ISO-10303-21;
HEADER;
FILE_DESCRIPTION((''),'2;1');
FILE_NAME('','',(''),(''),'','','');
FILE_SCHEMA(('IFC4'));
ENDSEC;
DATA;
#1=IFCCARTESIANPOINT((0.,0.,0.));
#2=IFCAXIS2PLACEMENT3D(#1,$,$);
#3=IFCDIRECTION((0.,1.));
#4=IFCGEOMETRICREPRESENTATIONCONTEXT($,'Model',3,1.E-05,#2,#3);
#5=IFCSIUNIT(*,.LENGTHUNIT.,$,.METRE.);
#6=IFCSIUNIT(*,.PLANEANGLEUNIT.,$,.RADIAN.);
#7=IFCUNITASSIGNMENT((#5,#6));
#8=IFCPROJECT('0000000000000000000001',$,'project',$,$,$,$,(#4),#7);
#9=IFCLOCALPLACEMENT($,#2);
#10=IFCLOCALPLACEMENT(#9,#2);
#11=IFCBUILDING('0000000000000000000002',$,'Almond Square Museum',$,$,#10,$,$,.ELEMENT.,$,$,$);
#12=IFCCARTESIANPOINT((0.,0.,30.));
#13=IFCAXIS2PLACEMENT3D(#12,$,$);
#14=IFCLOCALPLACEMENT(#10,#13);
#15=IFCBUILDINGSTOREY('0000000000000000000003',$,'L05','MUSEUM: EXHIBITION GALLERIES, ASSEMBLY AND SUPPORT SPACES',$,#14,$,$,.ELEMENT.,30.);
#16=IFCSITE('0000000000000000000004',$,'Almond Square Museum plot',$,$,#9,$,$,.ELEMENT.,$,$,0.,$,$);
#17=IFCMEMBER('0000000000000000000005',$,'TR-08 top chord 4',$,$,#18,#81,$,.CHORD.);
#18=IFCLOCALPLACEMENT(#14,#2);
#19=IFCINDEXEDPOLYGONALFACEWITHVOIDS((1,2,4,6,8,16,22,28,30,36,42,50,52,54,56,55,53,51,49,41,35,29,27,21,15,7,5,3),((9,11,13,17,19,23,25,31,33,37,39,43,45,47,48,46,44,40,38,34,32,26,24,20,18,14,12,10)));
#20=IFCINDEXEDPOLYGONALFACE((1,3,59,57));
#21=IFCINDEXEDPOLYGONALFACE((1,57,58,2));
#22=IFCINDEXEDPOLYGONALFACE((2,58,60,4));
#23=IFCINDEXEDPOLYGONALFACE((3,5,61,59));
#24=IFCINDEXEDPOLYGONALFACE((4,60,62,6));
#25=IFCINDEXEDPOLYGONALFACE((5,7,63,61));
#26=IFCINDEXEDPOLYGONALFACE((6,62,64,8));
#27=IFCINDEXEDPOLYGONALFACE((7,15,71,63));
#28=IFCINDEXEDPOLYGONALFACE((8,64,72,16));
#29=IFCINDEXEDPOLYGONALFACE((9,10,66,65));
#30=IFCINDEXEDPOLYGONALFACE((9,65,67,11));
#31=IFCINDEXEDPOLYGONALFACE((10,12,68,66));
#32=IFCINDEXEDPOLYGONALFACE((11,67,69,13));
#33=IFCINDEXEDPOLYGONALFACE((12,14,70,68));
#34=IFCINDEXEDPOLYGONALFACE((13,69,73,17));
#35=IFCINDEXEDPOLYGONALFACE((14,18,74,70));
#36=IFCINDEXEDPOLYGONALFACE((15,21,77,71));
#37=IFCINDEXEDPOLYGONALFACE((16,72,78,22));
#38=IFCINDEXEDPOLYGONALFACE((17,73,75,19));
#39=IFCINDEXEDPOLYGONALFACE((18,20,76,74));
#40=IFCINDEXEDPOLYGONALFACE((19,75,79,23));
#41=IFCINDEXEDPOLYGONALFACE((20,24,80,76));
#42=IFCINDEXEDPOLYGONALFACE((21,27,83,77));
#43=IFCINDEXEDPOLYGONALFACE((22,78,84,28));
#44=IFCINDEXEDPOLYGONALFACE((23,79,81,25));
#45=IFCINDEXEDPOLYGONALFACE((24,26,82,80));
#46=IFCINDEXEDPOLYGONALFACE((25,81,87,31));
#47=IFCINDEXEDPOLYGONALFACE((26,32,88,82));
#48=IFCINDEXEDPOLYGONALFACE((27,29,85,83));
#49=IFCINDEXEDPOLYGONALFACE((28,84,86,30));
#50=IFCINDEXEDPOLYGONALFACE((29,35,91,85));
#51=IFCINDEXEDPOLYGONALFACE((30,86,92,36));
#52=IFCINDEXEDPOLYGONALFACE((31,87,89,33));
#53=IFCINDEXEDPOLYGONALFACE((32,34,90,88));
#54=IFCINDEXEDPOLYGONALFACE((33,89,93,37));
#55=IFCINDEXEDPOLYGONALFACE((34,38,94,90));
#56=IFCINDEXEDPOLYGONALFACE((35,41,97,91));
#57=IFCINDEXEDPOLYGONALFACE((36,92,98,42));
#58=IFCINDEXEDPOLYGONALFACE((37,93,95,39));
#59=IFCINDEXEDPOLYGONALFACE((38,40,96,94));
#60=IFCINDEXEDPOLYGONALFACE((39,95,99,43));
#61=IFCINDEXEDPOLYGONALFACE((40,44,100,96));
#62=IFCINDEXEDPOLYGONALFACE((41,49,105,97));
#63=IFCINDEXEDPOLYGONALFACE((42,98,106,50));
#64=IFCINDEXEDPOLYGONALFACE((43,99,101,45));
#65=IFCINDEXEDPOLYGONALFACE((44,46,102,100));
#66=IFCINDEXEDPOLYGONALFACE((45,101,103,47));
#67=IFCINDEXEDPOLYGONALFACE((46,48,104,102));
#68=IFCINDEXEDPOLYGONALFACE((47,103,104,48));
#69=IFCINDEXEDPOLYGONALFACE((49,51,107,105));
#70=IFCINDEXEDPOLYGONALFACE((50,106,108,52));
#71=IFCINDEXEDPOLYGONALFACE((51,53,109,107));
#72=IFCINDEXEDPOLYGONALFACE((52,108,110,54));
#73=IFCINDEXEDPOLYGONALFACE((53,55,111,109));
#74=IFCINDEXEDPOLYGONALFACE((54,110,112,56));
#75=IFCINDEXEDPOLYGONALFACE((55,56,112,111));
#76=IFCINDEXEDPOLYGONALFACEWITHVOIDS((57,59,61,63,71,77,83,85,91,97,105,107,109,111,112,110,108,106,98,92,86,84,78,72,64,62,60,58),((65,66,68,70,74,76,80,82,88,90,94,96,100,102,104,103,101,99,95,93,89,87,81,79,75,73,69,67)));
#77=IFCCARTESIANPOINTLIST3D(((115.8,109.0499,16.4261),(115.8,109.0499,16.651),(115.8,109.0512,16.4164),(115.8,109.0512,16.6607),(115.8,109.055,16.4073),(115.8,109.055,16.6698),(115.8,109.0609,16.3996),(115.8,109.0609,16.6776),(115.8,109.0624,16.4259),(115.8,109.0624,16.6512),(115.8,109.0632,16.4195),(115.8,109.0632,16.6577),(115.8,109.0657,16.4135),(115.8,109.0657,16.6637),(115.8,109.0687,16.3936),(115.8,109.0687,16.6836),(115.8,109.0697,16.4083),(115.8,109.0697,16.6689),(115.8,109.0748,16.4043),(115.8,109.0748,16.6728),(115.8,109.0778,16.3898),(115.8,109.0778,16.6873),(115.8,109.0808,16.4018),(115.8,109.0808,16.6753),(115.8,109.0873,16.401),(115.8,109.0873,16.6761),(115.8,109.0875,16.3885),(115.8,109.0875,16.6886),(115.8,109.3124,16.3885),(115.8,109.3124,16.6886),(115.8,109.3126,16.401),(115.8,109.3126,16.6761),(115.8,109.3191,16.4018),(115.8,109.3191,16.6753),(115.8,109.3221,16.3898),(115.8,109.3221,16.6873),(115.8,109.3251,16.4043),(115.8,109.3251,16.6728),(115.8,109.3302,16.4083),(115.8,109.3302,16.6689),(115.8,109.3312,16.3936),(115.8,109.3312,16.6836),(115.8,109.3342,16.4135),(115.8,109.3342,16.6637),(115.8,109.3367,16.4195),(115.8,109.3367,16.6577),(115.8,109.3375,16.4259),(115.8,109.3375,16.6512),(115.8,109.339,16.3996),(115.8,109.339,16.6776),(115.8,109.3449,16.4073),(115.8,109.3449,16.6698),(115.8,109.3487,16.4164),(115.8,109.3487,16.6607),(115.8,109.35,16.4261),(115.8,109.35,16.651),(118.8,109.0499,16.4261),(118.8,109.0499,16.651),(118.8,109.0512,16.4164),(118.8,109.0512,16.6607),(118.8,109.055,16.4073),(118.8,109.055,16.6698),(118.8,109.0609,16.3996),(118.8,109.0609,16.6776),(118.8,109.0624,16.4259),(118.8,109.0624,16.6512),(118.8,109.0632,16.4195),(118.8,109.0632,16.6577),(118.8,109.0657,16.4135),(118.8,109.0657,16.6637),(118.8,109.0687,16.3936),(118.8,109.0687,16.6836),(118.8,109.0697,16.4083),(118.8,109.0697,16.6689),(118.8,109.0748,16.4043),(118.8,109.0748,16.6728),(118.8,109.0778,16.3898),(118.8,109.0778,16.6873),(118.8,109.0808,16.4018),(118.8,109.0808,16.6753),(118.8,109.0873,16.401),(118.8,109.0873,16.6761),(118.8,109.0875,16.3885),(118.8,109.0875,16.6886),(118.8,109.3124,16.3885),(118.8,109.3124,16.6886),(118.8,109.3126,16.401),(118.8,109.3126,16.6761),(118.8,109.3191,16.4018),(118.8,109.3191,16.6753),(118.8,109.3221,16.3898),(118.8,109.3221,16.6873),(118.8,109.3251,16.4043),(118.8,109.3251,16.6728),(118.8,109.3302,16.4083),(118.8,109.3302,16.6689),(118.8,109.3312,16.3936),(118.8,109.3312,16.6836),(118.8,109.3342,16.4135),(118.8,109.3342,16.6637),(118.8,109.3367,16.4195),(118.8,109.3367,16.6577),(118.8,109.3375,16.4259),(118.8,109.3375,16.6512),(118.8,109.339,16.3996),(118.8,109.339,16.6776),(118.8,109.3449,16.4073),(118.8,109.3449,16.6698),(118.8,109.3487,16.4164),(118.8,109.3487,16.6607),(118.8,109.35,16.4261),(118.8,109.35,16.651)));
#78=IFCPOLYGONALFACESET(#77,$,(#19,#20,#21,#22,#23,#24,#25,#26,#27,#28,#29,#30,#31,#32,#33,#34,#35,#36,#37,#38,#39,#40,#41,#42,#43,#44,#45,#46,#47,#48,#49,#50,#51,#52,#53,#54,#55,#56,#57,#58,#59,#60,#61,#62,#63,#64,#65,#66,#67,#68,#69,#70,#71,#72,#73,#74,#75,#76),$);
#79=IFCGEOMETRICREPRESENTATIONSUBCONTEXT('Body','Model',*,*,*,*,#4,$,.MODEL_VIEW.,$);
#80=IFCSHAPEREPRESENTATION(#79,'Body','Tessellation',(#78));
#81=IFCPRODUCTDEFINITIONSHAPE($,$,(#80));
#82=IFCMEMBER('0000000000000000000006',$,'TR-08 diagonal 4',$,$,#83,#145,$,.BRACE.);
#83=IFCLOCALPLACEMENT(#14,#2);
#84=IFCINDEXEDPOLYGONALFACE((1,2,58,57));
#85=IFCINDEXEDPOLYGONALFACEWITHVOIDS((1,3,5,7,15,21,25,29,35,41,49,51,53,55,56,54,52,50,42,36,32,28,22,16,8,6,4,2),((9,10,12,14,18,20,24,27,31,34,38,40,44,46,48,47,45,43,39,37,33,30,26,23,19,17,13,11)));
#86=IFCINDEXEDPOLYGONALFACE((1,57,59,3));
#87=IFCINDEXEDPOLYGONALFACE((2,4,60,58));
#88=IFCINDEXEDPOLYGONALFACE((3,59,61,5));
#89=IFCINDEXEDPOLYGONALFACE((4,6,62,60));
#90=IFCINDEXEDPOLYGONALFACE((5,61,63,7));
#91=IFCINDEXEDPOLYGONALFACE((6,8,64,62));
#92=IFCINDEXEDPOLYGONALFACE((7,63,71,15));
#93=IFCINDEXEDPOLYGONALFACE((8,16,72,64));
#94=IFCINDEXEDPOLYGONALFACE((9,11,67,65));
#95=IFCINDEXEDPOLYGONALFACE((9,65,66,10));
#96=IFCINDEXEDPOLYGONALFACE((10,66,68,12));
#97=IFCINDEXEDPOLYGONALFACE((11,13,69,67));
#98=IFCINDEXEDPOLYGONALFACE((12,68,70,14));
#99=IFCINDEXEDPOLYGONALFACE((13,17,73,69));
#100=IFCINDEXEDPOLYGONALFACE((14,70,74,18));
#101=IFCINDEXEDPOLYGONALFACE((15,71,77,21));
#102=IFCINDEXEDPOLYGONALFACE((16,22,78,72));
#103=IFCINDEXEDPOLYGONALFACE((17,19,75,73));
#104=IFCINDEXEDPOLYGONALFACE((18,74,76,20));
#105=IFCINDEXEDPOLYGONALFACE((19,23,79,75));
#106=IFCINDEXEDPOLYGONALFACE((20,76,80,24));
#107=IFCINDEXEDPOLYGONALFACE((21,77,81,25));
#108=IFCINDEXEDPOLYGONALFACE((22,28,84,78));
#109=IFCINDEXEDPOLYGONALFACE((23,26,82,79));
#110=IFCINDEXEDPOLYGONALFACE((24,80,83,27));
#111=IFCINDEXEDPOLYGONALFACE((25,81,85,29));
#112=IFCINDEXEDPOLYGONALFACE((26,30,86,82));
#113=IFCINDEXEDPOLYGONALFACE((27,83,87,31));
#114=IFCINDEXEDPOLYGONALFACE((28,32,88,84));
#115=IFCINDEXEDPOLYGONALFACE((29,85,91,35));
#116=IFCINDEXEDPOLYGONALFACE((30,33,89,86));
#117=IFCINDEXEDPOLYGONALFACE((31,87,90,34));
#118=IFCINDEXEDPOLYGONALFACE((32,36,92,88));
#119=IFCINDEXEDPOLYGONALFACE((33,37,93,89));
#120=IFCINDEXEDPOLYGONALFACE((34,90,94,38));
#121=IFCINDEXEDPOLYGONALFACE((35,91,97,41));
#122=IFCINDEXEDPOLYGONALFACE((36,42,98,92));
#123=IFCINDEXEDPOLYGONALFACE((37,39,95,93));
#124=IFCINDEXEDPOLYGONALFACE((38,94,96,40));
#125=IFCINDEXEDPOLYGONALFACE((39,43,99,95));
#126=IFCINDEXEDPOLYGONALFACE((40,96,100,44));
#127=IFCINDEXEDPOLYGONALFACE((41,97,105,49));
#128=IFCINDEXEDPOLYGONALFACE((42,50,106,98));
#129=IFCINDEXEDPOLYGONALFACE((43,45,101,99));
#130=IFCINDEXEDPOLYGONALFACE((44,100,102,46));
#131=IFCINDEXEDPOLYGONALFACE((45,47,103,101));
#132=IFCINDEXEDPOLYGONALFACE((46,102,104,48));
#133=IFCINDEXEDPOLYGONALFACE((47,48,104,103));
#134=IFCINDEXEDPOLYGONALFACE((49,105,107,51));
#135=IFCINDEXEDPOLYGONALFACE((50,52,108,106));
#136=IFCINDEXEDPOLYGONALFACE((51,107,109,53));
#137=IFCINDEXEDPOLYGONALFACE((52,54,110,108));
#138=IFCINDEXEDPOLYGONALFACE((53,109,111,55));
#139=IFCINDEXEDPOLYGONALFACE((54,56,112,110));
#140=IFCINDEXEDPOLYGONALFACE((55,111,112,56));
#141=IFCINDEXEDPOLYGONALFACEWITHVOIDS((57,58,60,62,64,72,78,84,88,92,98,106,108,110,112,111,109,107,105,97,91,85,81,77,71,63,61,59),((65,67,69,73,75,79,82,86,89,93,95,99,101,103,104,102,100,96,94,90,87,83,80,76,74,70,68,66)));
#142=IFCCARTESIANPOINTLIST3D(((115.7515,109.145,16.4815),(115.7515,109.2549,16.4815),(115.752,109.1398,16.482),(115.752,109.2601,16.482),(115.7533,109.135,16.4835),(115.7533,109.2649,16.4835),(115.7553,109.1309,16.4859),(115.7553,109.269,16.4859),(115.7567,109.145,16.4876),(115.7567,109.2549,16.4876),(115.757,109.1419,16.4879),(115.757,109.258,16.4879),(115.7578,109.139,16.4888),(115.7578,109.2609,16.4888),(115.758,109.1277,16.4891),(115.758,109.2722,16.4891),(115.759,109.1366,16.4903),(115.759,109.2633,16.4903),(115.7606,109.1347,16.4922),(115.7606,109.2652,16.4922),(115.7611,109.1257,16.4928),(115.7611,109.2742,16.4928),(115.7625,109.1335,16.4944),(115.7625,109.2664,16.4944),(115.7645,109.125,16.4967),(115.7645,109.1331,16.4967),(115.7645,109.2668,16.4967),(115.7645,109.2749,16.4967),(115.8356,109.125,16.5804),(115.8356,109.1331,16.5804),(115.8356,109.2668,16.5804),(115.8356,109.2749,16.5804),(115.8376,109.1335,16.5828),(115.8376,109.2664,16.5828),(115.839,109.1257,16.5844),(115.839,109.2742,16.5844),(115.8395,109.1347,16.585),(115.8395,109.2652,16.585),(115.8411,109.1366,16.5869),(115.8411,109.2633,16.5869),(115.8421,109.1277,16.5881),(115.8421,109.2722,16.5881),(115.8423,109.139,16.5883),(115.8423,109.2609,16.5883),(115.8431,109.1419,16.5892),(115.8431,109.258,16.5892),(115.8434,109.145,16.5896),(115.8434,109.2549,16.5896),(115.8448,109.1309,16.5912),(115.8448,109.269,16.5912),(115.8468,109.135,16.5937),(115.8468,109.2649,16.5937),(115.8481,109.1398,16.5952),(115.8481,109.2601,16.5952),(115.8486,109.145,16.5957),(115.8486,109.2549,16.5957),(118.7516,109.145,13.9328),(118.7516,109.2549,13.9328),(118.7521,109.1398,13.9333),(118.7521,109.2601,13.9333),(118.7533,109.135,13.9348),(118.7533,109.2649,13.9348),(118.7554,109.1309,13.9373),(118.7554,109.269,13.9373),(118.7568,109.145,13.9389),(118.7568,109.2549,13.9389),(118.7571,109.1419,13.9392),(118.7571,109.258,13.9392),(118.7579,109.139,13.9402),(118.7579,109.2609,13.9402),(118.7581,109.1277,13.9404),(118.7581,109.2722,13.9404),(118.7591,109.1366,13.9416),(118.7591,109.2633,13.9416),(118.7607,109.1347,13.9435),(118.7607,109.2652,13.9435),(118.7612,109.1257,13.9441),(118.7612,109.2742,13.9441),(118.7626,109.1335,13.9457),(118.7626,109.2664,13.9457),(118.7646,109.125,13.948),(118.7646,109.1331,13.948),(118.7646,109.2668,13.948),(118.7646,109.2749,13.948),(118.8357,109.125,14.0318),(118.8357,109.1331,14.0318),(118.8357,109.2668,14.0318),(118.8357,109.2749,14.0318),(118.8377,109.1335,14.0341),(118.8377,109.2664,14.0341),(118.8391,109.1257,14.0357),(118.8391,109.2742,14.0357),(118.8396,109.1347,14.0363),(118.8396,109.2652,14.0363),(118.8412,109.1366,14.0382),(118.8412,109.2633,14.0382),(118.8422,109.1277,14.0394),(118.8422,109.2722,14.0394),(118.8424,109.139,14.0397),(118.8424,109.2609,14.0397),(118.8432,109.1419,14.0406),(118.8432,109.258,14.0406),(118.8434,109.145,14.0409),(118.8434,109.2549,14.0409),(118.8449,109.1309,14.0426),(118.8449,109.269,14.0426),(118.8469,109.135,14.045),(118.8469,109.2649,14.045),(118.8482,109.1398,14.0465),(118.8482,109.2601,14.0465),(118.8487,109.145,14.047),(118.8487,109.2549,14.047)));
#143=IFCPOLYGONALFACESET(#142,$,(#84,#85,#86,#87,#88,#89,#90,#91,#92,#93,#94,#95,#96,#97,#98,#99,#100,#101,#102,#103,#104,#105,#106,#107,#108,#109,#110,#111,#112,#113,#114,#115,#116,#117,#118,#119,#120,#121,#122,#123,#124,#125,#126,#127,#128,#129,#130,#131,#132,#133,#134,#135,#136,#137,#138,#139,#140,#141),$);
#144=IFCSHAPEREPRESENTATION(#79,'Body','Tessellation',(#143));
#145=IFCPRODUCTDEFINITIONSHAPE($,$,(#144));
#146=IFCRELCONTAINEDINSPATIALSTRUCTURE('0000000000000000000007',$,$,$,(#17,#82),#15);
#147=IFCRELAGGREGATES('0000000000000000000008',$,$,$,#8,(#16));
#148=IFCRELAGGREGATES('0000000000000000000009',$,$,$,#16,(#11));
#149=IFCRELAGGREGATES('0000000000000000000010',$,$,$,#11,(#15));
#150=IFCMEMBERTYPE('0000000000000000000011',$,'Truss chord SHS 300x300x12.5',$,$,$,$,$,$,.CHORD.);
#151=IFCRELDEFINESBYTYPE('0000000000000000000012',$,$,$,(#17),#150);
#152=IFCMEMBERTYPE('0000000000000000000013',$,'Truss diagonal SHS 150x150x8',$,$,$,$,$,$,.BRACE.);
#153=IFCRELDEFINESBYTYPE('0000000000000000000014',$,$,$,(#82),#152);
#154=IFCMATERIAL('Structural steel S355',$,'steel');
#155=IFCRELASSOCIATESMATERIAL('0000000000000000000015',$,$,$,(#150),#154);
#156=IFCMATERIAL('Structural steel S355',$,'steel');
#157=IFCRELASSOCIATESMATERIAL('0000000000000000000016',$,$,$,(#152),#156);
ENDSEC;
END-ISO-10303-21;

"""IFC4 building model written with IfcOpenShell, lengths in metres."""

from ifc_helpers import new_model, si_unit, direction, frame, origin, origin_2d, place, context, subcontext, project, spatial, hollow_rectangle, extrude, material, material_profile, profile_set, type_object, element, save


model = new_model("IFC4")

# Units and contexts
model_context = context("Model", 3, precision=1e-05, world=origin(), true_north=direction((0.0, 1.0)))
body_context = subcontext(model_context, "Body", "Model", "MODEL_VIEW")
ifc_project = project(units=[si_unit("LENGTHUNIT", "METRE"), si_unit("PLANEANGLEUNIT", "RADIAN")], contexts=[model_context])

# Site, building, storey
site_placement = place(None, origin())
site = spatial("IfcSite", under=ifc_project, at=site_placement, Name="Almond Square Museum plot", CompositionType="ELEMENT", RefElevation=0.0)
building_placement = place(site_placement, origin())
building = spatial("IfcBuilding", under=site, at=building_placement, Name="Almond Square Museum", CompositionType="ELEMENT")
storey_placement = place(building_placement, frame((0.0, 0.0, 30.0)))
storey = spatial("IfcBuildingStorey", under=building, at=storey_placement, Name="L05", Description="MUSEUM: EXHIBITION GALLERIES, ASSEMBLY AND SUPPORT SPACES", CompositionType="ELEMENT", Elevation=30.0)

# Members
ifc_material_1 = material(Name="Structural steel S355", Category="steel")
ifc_material_profile_1 = material_profile(ifc_material_1, hollow_rectangle(XDim=0.3, YDim=0.3, WallThickness=0.0125, InnerFilletRadius=0.0249, OuterFilletRadius=0.0376, at=origin_2d()))
ifc_profile_set_1 = profile_set([ifc_material_profile_1], Name="Structural steel S355")
member_type_1 = type_object("IfcMemberType", Name="Truss chord SHS 300x300x12.5", PredefinedType="CHORD", material=ifc_profile_set_1)
member_1_placement = place(storey_placement, frame((115.8, 109.2, 16.5386), z_axis=(1.0, 0.0, 0.0), x_axis=(0.0, 1.0, 0.0)))
element("IfcMember", 1, at=member_1_placement, inside=storey, type_object=member_type_1, Name="TR-08 top chord 4", PredefinedType="CHORD", context=body_context, shape_type="SweptSolid", body=[
    extrude(hollow_rectangle(XDim=0.3, YDim=0.3, WallThickness=0.0125, InnerFilletRadius=0.0249, OuterFilletRadius=0.0376, at=origin_2d()), origin(), (0.0, 0.0, 1.0), 3.0),
])
ifc_material_2 = material(Name="Structural steel S355", Category="steel")
ifc_material_profile_2 = material_profile(ifc_material_2, hollow_rectangle(XDim=0.1499, YDim=0.1499, WallThickness=0.0081, InnerFilletRadius=0.012, OuterFilletRadius=0.02, at=origin_2d()))
ifc_profile_set_2 = profile_set([ifc_material_profile_2], Name="Structural steel S355")
member_type_2 = type_object("IfcMemberType", Name="Truss diagonal SHS 150x150x8", PredefinedType="BRACE", material=ifc_profile_set_2)
member_2_placement = place(storey_placement, frame((115.8, 109.2, 16.5386), z_axis=(0.762117, 0.0, -0.64744), x_axis=(0.0, 1.0, 0.0)))
element("IfcMember", 2, at=member_2_placement, inside=storey, type_object=member_type_2, Name="TR-08 diagonal 4", PredefinedType="BRACE", context=body_context, shape_type="SweptSolid", body=[
    extrude(hollow_rectangle(XDim=0.1499, YDim=0.1499, WallThickness=0.0081, InnerFilletRadius=0.012, OuterFilletRadius=0.02, at=origin_2d()), origin(), (0.0, 0.0, 1.0), 3.9365),
])

save(model, "model.ifc")
